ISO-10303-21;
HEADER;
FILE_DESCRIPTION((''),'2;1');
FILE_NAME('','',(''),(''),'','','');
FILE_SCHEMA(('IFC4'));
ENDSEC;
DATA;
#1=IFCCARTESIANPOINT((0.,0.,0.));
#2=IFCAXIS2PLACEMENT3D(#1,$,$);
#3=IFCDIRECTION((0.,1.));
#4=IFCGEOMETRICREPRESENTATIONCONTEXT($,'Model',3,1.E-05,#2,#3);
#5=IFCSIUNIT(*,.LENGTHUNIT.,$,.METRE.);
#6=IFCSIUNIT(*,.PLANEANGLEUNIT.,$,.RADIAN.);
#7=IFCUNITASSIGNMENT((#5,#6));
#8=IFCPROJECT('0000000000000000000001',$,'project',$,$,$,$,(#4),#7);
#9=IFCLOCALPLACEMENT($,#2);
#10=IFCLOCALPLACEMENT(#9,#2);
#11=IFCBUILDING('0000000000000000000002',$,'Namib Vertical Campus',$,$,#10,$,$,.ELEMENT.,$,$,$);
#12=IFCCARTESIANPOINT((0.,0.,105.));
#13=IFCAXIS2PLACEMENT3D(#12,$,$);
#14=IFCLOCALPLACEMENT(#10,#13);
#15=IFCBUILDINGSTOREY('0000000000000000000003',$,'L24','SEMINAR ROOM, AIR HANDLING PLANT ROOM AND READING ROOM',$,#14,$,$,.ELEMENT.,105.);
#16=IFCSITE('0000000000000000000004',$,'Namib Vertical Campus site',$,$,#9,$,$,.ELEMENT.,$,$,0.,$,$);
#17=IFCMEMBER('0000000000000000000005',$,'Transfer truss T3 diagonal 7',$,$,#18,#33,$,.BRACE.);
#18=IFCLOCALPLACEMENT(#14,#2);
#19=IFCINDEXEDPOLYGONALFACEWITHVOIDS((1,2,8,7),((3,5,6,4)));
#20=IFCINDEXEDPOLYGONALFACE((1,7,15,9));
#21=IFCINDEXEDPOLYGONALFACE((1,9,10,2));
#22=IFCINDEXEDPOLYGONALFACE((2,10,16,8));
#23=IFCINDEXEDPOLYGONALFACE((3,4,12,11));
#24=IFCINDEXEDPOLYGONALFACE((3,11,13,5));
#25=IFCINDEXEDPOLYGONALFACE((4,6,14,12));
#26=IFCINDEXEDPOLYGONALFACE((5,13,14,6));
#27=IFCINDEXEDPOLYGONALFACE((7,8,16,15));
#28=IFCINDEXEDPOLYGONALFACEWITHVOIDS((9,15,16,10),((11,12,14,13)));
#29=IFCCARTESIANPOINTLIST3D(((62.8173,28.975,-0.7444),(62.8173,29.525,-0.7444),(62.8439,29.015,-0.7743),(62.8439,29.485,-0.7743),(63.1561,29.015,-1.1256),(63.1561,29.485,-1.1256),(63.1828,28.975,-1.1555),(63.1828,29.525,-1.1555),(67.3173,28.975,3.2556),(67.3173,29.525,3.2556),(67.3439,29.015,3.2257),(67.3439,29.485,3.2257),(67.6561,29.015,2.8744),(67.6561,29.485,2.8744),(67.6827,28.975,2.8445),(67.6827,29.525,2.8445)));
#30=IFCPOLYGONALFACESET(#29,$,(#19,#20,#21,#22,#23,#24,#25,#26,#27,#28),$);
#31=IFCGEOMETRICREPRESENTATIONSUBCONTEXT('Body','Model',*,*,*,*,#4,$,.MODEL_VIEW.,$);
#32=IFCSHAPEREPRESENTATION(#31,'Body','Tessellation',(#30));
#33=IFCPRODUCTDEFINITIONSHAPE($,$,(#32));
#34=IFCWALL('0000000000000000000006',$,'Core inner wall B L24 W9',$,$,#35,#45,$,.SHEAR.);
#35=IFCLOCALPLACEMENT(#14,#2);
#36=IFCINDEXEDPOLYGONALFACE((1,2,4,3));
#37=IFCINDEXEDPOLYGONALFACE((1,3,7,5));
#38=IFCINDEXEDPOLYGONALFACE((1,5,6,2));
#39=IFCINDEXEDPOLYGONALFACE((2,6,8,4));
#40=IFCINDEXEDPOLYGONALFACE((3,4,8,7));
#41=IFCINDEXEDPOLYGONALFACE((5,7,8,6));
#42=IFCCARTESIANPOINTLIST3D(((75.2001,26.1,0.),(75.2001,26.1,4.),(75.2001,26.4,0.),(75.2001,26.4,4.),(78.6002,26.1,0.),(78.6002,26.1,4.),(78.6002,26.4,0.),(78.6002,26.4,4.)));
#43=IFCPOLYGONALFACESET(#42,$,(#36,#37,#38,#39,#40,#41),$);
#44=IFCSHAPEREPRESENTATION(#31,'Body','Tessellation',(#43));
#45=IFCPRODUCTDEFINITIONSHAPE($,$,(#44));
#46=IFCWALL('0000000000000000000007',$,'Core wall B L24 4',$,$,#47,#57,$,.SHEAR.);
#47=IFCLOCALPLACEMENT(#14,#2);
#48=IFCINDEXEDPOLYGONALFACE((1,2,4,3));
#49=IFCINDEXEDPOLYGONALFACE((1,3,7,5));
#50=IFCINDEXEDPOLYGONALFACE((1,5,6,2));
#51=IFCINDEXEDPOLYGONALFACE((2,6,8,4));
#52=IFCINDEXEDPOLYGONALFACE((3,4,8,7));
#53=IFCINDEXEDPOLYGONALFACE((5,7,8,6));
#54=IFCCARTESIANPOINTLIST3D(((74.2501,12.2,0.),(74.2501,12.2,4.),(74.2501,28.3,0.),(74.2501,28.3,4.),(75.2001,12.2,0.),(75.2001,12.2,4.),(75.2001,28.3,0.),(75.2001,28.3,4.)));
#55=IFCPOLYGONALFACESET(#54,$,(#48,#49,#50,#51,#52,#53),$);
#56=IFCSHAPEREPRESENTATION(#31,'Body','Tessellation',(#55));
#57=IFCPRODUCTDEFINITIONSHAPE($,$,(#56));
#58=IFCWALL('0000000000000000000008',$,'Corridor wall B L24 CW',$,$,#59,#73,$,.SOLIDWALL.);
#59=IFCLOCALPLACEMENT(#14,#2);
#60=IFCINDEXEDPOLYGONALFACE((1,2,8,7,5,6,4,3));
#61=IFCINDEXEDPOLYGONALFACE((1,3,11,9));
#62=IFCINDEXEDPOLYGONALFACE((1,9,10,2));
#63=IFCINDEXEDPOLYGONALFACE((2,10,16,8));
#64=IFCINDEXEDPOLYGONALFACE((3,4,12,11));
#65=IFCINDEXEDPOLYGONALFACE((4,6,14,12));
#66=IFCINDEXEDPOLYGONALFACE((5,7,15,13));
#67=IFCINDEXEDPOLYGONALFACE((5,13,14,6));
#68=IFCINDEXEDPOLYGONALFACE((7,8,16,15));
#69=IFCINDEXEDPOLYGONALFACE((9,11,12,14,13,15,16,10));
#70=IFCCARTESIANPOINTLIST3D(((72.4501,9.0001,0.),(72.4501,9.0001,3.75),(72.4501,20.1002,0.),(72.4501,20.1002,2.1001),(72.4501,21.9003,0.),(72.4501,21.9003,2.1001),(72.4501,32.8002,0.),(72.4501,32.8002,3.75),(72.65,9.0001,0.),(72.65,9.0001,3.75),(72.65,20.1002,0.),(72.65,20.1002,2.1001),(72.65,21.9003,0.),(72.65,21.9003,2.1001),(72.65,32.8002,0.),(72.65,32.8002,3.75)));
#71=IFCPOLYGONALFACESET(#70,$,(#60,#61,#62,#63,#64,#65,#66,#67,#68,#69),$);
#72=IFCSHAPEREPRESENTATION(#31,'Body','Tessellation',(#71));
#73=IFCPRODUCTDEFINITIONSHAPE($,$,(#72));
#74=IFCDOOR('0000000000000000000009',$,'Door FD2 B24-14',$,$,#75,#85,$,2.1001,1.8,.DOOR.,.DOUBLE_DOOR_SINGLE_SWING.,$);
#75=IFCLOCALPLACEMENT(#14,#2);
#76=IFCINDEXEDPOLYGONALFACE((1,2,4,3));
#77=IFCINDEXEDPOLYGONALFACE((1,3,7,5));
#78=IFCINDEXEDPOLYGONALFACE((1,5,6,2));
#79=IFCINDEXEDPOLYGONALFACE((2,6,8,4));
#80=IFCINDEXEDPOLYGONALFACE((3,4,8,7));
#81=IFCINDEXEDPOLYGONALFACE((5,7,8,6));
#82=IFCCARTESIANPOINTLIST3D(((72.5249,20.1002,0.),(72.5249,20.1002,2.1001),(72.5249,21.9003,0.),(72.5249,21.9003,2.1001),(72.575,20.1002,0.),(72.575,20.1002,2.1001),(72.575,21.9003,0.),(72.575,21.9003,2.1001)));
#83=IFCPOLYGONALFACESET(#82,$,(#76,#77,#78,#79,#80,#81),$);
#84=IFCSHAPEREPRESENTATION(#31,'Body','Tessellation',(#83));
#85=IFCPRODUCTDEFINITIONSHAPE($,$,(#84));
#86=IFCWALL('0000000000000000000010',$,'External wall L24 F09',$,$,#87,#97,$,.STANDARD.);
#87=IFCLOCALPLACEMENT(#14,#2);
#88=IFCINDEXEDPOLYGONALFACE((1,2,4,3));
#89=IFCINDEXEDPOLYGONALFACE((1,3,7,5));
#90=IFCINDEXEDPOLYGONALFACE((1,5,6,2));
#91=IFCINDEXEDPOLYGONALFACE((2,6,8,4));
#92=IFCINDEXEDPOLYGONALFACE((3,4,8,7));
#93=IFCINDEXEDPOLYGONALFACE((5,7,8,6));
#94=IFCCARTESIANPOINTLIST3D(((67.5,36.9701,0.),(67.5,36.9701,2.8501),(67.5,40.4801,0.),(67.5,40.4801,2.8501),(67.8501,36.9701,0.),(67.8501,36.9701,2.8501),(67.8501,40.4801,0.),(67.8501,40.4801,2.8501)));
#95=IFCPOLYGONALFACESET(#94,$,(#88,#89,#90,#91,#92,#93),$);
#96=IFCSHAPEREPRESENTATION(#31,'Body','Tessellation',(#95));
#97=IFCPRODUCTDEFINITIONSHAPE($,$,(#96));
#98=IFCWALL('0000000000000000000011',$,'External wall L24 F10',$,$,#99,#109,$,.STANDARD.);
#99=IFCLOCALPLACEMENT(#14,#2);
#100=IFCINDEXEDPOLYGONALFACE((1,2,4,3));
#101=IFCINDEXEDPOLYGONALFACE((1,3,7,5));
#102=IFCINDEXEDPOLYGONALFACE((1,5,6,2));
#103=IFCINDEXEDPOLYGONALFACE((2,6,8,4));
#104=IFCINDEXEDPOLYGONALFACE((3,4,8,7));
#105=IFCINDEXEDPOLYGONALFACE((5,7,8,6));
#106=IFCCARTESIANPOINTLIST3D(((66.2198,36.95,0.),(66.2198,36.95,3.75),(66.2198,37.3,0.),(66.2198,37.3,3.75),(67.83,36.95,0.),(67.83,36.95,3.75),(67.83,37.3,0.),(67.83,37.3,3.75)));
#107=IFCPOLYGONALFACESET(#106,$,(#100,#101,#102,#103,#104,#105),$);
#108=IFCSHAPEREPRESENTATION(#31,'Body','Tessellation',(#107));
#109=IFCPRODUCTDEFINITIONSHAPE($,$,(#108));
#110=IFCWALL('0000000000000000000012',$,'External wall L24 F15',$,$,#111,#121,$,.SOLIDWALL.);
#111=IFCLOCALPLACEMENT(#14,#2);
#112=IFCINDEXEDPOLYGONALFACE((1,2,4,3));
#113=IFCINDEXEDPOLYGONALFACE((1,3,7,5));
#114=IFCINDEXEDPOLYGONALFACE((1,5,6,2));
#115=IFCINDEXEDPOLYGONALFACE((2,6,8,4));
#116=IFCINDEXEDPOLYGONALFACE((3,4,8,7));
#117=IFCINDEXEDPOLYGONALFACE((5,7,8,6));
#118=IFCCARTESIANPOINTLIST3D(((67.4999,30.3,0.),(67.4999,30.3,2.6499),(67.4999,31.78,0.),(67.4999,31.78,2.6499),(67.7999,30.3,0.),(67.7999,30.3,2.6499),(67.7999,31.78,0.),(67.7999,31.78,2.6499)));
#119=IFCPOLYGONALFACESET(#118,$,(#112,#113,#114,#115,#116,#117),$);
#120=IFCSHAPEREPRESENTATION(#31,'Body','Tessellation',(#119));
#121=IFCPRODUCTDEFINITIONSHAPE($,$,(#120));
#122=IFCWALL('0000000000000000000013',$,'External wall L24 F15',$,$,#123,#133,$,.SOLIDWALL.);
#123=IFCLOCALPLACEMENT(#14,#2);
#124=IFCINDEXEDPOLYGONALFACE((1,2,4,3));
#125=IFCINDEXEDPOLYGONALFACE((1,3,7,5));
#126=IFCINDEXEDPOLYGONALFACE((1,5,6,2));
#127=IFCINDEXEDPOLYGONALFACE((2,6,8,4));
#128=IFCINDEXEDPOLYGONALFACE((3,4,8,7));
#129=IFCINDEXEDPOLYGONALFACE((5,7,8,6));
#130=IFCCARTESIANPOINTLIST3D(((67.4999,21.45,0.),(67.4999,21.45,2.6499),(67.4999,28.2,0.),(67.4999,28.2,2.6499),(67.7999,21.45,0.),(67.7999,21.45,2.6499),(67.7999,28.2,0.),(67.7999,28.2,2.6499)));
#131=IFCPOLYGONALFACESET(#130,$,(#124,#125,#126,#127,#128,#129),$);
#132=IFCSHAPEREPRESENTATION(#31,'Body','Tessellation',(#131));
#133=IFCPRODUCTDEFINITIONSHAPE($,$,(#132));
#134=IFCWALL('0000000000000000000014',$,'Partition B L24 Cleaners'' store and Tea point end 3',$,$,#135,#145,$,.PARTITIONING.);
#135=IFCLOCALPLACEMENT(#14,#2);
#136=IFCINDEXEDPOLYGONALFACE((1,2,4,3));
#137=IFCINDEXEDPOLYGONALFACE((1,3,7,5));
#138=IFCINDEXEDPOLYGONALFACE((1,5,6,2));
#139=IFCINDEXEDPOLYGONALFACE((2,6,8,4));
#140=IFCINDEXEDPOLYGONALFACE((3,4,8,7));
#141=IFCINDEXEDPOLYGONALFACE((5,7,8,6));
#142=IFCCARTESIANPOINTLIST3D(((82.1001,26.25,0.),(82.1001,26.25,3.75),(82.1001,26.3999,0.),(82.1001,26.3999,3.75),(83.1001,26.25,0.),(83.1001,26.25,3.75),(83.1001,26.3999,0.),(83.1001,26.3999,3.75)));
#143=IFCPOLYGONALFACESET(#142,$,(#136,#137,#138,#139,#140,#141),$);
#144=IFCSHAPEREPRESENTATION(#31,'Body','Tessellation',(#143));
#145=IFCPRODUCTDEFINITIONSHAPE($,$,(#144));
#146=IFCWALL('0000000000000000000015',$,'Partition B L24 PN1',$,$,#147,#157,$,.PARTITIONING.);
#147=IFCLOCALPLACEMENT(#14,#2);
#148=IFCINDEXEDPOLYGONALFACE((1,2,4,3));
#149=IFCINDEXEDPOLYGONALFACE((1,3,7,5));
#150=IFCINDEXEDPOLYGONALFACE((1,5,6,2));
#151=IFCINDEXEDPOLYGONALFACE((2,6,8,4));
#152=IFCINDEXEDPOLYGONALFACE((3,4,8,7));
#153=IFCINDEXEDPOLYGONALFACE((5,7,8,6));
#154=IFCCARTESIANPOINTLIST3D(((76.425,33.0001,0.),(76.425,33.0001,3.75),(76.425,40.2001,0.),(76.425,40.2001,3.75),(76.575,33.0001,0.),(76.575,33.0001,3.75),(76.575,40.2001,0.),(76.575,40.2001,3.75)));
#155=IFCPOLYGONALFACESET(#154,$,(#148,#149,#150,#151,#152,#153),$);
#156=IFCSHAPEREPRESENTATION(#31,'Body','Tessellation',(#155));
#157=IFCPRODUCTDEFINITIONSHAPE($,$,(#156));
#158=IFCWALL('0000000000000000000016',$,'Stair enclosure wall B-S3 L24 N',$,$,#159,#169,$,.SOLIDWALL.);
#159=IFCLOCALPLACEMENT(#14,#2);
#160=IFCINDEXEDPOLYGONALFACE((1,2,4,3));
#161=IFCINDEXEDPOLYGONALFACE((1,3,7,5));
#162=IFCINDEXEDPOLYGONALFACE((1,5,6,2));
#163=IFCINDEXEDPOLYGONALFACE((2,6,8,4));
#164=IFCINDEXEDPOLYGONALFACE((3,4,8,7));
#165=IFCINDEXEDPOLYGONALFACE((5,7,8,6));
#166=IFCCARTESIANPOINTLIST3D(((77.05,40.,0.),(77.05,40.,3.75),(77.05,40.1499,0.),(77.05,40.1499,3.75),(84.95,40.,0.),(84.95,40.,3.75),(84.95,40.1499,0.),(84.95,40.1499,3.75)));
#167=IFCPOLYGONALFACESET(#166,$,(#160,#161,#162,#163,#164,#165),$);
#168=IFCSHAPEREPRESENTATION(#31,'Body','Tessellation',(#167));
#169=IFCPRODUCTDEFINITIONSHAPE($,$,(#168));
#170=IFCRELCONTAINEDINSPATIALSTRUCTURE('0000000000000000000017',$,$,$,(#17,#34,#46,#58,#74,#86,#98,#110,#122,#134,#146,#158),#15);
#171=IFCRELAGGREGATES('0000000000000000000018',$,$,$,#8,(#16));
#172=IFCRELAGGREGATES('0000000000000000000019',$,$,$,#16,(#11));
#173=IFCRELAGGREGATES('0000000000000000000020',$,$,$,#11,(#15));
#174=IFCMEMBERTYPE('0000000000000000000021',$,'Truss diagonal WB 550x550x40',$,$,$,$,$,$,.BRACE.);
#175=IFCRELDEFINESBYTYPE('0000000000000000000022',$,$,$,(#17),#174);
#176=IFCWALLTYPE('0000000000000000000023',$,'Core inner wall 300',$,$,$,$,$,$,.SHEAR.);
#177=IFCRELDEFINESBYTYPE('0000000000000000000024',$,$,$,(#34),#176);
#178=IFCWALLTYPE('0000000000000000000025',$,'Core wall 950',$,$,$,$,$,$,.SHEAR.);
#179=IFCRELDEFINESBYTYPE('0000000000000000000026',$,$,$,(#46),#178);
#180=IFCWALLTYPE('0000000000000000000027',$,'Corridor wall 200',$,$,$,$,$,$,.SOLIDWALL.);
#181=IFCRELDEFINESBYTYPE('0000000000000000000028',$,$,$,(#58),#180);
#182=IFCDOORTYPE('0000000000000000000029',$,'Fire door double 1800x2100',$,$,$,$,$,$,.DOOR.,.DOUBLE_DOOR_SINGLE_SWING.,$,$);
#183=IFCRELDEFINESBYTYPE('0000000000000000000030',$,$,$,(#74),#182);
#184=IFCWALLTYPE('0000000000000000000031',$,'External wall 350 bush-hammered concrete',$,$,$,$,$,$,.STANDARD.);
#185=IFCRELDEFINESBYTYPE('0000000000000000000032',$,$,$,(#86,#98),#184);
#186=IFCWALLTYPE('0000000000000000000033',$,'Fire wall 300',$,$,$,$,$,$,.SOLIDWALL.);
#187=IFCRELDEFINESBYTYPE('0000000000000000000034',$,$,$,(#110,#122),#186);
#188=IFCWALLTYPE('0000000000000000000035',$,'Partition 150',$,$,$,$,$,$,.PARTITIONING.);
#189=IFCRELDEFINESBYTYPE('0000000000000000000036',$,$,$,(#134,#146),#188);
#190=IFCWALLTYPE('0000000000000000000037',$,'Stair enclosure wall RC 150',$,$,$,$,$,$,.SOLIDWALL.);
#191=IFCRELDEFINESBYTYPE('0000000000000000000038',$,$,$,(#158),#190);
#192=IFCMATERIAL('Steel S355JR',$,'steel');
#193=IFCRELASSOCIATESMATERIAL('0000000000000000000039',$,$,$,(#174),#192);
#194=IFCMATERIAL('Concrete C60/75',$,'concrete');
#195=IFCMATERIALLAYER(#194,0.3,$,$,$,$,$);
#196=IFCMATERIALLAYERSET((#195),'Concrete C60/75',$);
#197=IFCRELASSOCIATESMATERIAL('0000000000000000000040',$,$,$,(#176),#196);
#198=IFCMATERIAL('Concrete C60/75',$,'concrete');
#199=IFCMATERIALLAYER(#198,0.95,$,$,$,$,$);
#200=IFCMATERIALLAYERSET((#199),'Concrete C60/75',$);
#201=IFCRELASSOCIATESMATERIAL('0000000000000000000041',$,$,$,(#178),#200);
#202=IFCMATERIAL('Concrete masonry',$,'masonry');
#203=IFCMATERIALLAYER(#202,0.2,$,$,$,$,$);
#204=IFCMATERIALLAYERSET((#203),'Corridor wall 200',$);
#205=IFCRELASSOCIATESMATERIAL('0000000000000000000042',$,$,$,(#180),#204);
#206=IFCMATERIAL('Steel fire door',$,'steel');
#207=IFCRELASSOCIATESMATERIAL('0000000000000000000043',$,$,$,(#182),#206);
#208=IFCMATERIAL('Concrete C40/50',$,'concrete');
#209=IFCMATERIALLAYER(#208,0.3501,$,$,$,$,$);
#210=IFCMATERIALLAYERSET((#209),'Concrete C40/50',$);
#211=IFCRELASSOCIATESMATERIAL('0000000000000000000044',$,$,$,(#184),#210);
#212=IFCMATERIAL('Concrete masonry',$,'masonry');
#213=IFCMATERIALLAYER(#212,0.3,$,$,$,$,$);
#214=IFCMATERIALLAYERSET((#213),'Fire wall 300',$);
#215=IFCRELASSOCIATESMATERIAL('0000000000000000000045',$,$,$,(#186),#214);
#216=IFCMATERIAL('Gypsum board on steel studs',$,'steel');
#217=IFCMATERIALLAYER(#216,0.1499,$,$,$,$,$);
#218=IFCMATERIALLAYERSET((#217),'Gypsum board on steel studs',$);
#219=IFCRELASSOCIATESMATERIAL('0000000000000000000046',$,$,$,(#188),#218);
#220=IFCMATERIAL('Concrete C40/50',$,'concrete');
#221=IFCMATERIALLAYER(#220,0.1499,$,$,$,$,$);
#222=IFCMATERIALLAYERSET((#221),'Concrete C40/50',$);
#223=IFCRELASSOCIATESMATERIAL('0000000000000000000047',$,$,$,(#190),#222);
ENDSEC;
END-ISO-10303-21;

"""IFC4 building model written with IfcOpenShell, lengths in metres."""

from ifc_helpers import new_model, si_unit, direction, frame, frame_2d, origin, origin_2d, place, context, subcontext, project, spatial, rectangle, hollow_rectangle, extrude, material, layer, layer_set, material_profile, profile_set, type_object, element, fill, save


model = new_model("IFC4")

# Units and contexts
model_context = context("Model", 3, precision=1e-05, world=origin(), true_north=direction((0.0, 1.0)))
body_context = subcontext(model_context, "Body", "Model", "MODEL_VIEW")
ifc_project = project(units=[si_unit("LENGTHUNIT", "METRE"), si_unit("PLANEANGLEUNIT", "RADIAN")], contexts=[model_context])

# Site, building, storey
site_placement = place(None, origin())
site = spatial("IfcSite", under=ifc_project, at=site_placement, Name="Namib Vertical Campus site", CompositionType="ELEMENT", RefElevation=0.0)
building_placement = place(site_placement, origin())
building = spatial("IfcBuilding", under=site, at=building_placement, Name="Namib Vertical Campus", CompositionType="ELEMENT")
storey_placement = place(building_placement, frame((0.0, 0.0, 105.0)))
storey = spatial("IfcBuildingStorey", under=building, at=storey_placement, Name="L24", Description="SEMINAR ROOM, AIR HANDLING PLANT ROOM AND READING ROOM", CompositionType="ELEMENT", Elevation=105.0)

# Member
ifc_material_1 = material(Name="Steel S355JR", Category="steel")
ifc_material_profile_1 = material_profile(ifc_material_1, hollow_rectangle(XDim=0.55, YDim=0.55, WallThickness=0.04, at=origin_2d()))
ifc_profile_set_1 = profile_set([ifc_material_profile_1], Name="Steel S355JR")
member_type = type_object("IfcMemberType", Name="Truss diagonal WB 550x550x40", PredefinedType="BRACE", material=ifc_profile_set_1)
member_placement = place(storey_placement, frame((67.5, 29.25, 3.05), z_axis=(-0.747409, 0.0, -0.664364), x_axis=(0.0, -1.0, 0.0)))
element("IfcMember", 1, at=member_placement, inside=storey, type_object=member_type, Name="Transfer truss T3 diagonal 7", PredefinedType="BRACE", context=body_context, shape_type="SweptSolid", body=[
    extrude(hollow_rectangle(XDim=0.55, YDim=0.55, WallThickness=0.04, at=origin_2d()), origin(), (0.0, 0.0, 1.0), 6.0208),
])

# Walls
ifc_material_2 = material(Name="Concrete C60/75", Category="concrete")
ifc_layer_1 = layer(ifc_material_2, 0.3)
ifc_layer_set_1 = layer_set([ifc_layer_1], Name="Concrete C60/75")
wall_type_1 = type_object("IfcWallType", Name="Core inner wall 300", PredefinedType="SHEAR", material=ifc_layer_set_1)
wall_1_placement = place(storey_placement, frame((75.2, 26.25, 0.0), z_axis=(0.0, 0.0, 1.0), x_axis=(1.0, 0.0, 0.0)))
element("IfcWall", 2, at=wall_1_placement, inside=storey, type_object=wall_type_1, Name="Core inner wall B L24 W9", PredefinedType="SHEAR", context=body_context, shape_type="SweptSolid", body=[
    extrude(rectangle(XDim=3.4001, YDim=0.3, at=frame_2d((1.7002, 0.0))), origin(), (0.0, 0.0, 1.0), 4.0),
])
ifc_material_3 = material(Name="Concrete C60/75", Category="concrete")
ifc_layer_2 = layer(ifc_material_3, 0.95)
ifc_layer_set_2 = layer_set([ifc_layer_2], Name="Concrete C60/75")
wall_type_2 = type_object("IfcWallType", Name="Core wall 950", PredefinedType="SHEAR", material=ifc_layer_set_2)
wall_2_placement = place(storey_placement, frame((74.7251, 28.3, 0.0), z_axis=(0.0, 0.0, 1.0), x_axis=(0.0, -1.0, 0.0)))
element("IfcWall", 3, at=wall_2_placement, inside=storey, type_object=wall_type_2, Name="Core wall B L24 4", PredefinedType="SHEAR", context=body_context, shape_type="SweptSolid", body=[
    extrude(rectangle(XDim=16.1001, YDim=0.95, at=frame_2d((8.05, 0.0))), origin(), (0.0, 0.0, 1.0), 4.0),
])

# Wall, opening, door
ifc_material_4 = material(Name="Concrete masonry", Category="masonry")
ifc_layer_3 = layer(ifc_material_4, 0.2)
ifc_layer_set_3 = layer_set([ifc_layer_3], Name="Corridor wall 200")
wall_type_3 = type_object("IfcWallType", Name="Corridor wall 200", PredefinedType="SOLIDWALL", material=ifc_layer_set_3)
wall_3_placement = place(storey_placement, frame((72.55, 32.8, 0.0), z_axis=(0.0, 0.0, 1.0), x_axis=(0.0, -1.0, 0.0)))
wall_3 = element("IfcWall", 4, at=wall_3_placement, inside=storey, type_object=wall_type_3, Name="Corridor wall B L24 CW", PredefinedType="SOLIDWALL", context=body_context, shape_type="SweptSolid", body=[
    extrude(rectangle(XDim=23.8, YDim=0.2, at=frame_2d((11.8999, 0.0))), origin(), (0.0, 0.0, 1.0), 3.75),
])
opening_1_placement = place(wall_3_placement, frame((10.8999, 0.0, 0.0)))
opening_1 = element("IfcOpeningElement", 5, at=opening_1_placement, cuts=wall_3, PredefinedType="OPENING", context=body_context, shape_type="SweptSolid", body=[
    extrude(rectangle(XDim=1.8, YDim=2.1001, at=frame_2d((0.8999, 1.05))), frame((0.0, 0.1099, 0.0), z_axis=(0.0, -1.0, 0.0), x_axis=(1.0, 0.0, 0.0)), (0.0, 0.0, 1.0), 0.22),
])
ifc_material_5 = material(Name="Steel fire door", Category="steel")
door_type_1 = type_object("IfcDoorType", Name="Fire door double 1800x2100", OperationType="DOUBLE_DOOR_SINGLE_SWING", PredefinedType="DOOR", material=ifc_material_5)
door_1_placement = place(opening_1_placement, origin())
door_1 = element("IfcDoor", 6, at=door_1_placement, inside=storey, type_object=door_type_1, Name="Door FD2 B24-14", OperationType="DOUBLE_DOOR_SINGLE_SWING", OverallHeight=2.1001, OverallWidth=1.8, PredefinedType="DOOR", context=body_context, shape_type="SweptSolid", body=[
    extrude(rectangle(XDim=1.8, YDim=2.1001, at=frame_2d((0.8999, 1.05))), frame((0.0, 0.0249, 0.0), z_axis=(0.0, -1.0, 0.0), x_axis=(1.0, 0.0, 0.0)), (0.0, 0.0, 1.0), 0.05),
])
fill(opening_1, door_1)

# Walls
ifc_material_6 = material(Name="Concrete C40/50", Category="concrete")
ifc_layer_4 = layer(ifc_material_6, 0.3501)
ifc_layer_set_4 = layer_set([ifc_layer_4], Name="Concrete C40/50")
wall_type_4 = type_object("IfcWallType", Name="External wall 350 bush-hammered concrete", PredefinedType="STANDARD", material=ifc_layer_set_4)
wall_4_placement = place(storey_placement, frame((67.675, 40.48, 0.0), z_axis=(0.0, 0.0, 1.0), x_axis=(0.0, -1.0, 0.0)))
element("IfcWall", 7, at=wall_4_placement, inside=storey, type_object=wall_type_4, Name="External wall L24 F09", PredefinedType="STANDARD", context=body_context, shape_type="SweptSolid", body=[
    extrude(rectangle(XDim=3.51, YDim=0.3501, at=frame_2d((1.7549, 0.0))), origin(), (0.0, 0.0, 1.0), 2.8501),
])
wall_5_placement = place(storey_placement, frame((67.8301, 37.125, 0.0), z_axis=(0.0, 0.0, 1.0), x_axis=(-1.0, 0.0, 0.0)))
element("IfcWall", 8, at=wall_5_placement, inside=storey, type_object=wall_type_4, Name="External wall L24 F10", PredefinedType="STANDARD", context=body_context, shape_type="SweptSolid", body=[
    extrude(rectangle(XDim=1.6101, YDim=0.3501, at=frame_2d((0.8052, 0.0))), origin(), (0.0, 0.0, 1.0), 3.75),
])
ifc_material_7 = material(Name="Concrete masonry", Category="masonry")
ifc_layer_5 = layer(ifc_material_7, 0.3)
ifc_layer_set_5 = layer_set([ifc_layer_5], Name="Fire wall 300")
wall_type_5 = type_object("IfcWallType", Name="Fire wall 300", PredefinedType="SOLIDWALL", material=ifc_layer_set_5)
wall_6_placement = place(storey_placement, frame((67.6499, 31.78, 0.0), z_axis=(0.0, 0.0, 1.0), x_axis=(0.0, -1.0, 0.0)))
element("IfcWall", 9, at=wall_6_placement, inside=storey, type_object=wall_type_5, Name="External wall L24 F15", PredefinedType="SOLIDWALL", context=body_context, shape_type="SweptSolid", body=[
    extrude(rectangle(XDim=1.48, YDim=0.3, at=frame_2d((0.74, 0.0))), origin(), (0.0, 0.0, 1.0), 2.6499),
])
wall_7_placement = place(storey_placement, frame((67.6499, 28.2, 0.0), z_axis=(0.0, 0.0, 1.0), x_axis=(0.0, -1.0, 0.0)))
element("IfcWall", 10, at=wall_7_placement, inside=storey, type_object=wall_type_5, Name="External wall L24 F15", PredefinedType="SOLIDWALL", context=body_context, shape_type="SweptSolid", body=[
    extrude(rectangle(XDim=6.75, YDim=0.3, at=frame_2d((3.375, 0.0))), origin(), (0.0, 0.0, 1.0), 2.6499),
])
ifc_material_8 = material(Name="Gypsum board on steel studs", Category="steel")
ifc_layer_6 = layer(ifc_material_8, 0.1499)
ifc_layer_set_6 = layer_set([ifc_layer_6], Name="Gypsum board on steel studs")
wall_type_6 = type_object("IfcWallType", Name="Partition 150", PredefinedType="PARTITIONING", material=ifc_layer_set_6)
wall_8_placement = place(storey_placement, frame((82.1001, 26.325, 0.0), z_axis=(0.0, 0.0, 1.0), x_axis=(1.0, 0.0, 0.0)))
element("IfcWall", 11, at=wall_8_placement, inside=storey, type_object=wall_type_6, Name="Partition B L24 Cleaners' store and Tea point end 3", PredefinedType="PARTITIONING", context=body_context, shape_type="SweptSolid", body=[
    extrude(rectangle(XDim=1.0, YDim=0.1499, at=frame_2d((0.5, 0.0))), origin(), (0.0, 0.0, 1.0), 3.75),
])
wall_9_placement = place(storey_placement, frame((76.5, 33.0, 0.0), z_axis=(0.0, 0.0, 1.0), x_axis=(0.0, 1.0, 0.0)))
element("IfcWall", 12, at=wall_9_placement, inside=storey, type_object=wall_type_6, Name="Partition B L24 PN1", PredefinedType="PARTITIONING", context=body_context, shape_type="SweptSolid", body=[
    extrude(rectangle(XDim=7.2, YDim=0.1499, at=frame_2d((3.6001, 0.0))), origin(), (0.0, 0.0, 1.0), 3.75),
])
ifc_material_9 = material(Name="Concrete C40/50", Category="concrete")
ifc_layer_7 = layer(ifc_material_9, 0.1499)
ifc_layer_set_7 = layer_set([ifc_layer_7], Name="Concrete C40/50")
wall_type_7 = type_object("IfcWallType", Name="Stair enclosure wall RC 150", PredefinedType="SOLIDWALL", material=ifc_layer_set_7)
wall_10_placement = place(storey_placement, frame((77.05, 40.075, 0.0), z_axis=(0.0, 0.0, 1.0), x_axis=(1.0, 0.0, 0.0)))
element("IfcWall", 13, at=wall_10_placement, inside=storey, type_object=wall_type_7, Name="Stair enclosure wall B-S3 L24 N", PredefinedType="SOLIDWALL", context=body_context, shape_type="SweptSolid", body=[
    extrude(rectangle(XDim=7.8999, YDim=0.1499, at=frame_2d((3.95, 0.0))), origin(), (0.0, 0.0, 1.0), 3.75),
])

save(model, "model.ifc")
